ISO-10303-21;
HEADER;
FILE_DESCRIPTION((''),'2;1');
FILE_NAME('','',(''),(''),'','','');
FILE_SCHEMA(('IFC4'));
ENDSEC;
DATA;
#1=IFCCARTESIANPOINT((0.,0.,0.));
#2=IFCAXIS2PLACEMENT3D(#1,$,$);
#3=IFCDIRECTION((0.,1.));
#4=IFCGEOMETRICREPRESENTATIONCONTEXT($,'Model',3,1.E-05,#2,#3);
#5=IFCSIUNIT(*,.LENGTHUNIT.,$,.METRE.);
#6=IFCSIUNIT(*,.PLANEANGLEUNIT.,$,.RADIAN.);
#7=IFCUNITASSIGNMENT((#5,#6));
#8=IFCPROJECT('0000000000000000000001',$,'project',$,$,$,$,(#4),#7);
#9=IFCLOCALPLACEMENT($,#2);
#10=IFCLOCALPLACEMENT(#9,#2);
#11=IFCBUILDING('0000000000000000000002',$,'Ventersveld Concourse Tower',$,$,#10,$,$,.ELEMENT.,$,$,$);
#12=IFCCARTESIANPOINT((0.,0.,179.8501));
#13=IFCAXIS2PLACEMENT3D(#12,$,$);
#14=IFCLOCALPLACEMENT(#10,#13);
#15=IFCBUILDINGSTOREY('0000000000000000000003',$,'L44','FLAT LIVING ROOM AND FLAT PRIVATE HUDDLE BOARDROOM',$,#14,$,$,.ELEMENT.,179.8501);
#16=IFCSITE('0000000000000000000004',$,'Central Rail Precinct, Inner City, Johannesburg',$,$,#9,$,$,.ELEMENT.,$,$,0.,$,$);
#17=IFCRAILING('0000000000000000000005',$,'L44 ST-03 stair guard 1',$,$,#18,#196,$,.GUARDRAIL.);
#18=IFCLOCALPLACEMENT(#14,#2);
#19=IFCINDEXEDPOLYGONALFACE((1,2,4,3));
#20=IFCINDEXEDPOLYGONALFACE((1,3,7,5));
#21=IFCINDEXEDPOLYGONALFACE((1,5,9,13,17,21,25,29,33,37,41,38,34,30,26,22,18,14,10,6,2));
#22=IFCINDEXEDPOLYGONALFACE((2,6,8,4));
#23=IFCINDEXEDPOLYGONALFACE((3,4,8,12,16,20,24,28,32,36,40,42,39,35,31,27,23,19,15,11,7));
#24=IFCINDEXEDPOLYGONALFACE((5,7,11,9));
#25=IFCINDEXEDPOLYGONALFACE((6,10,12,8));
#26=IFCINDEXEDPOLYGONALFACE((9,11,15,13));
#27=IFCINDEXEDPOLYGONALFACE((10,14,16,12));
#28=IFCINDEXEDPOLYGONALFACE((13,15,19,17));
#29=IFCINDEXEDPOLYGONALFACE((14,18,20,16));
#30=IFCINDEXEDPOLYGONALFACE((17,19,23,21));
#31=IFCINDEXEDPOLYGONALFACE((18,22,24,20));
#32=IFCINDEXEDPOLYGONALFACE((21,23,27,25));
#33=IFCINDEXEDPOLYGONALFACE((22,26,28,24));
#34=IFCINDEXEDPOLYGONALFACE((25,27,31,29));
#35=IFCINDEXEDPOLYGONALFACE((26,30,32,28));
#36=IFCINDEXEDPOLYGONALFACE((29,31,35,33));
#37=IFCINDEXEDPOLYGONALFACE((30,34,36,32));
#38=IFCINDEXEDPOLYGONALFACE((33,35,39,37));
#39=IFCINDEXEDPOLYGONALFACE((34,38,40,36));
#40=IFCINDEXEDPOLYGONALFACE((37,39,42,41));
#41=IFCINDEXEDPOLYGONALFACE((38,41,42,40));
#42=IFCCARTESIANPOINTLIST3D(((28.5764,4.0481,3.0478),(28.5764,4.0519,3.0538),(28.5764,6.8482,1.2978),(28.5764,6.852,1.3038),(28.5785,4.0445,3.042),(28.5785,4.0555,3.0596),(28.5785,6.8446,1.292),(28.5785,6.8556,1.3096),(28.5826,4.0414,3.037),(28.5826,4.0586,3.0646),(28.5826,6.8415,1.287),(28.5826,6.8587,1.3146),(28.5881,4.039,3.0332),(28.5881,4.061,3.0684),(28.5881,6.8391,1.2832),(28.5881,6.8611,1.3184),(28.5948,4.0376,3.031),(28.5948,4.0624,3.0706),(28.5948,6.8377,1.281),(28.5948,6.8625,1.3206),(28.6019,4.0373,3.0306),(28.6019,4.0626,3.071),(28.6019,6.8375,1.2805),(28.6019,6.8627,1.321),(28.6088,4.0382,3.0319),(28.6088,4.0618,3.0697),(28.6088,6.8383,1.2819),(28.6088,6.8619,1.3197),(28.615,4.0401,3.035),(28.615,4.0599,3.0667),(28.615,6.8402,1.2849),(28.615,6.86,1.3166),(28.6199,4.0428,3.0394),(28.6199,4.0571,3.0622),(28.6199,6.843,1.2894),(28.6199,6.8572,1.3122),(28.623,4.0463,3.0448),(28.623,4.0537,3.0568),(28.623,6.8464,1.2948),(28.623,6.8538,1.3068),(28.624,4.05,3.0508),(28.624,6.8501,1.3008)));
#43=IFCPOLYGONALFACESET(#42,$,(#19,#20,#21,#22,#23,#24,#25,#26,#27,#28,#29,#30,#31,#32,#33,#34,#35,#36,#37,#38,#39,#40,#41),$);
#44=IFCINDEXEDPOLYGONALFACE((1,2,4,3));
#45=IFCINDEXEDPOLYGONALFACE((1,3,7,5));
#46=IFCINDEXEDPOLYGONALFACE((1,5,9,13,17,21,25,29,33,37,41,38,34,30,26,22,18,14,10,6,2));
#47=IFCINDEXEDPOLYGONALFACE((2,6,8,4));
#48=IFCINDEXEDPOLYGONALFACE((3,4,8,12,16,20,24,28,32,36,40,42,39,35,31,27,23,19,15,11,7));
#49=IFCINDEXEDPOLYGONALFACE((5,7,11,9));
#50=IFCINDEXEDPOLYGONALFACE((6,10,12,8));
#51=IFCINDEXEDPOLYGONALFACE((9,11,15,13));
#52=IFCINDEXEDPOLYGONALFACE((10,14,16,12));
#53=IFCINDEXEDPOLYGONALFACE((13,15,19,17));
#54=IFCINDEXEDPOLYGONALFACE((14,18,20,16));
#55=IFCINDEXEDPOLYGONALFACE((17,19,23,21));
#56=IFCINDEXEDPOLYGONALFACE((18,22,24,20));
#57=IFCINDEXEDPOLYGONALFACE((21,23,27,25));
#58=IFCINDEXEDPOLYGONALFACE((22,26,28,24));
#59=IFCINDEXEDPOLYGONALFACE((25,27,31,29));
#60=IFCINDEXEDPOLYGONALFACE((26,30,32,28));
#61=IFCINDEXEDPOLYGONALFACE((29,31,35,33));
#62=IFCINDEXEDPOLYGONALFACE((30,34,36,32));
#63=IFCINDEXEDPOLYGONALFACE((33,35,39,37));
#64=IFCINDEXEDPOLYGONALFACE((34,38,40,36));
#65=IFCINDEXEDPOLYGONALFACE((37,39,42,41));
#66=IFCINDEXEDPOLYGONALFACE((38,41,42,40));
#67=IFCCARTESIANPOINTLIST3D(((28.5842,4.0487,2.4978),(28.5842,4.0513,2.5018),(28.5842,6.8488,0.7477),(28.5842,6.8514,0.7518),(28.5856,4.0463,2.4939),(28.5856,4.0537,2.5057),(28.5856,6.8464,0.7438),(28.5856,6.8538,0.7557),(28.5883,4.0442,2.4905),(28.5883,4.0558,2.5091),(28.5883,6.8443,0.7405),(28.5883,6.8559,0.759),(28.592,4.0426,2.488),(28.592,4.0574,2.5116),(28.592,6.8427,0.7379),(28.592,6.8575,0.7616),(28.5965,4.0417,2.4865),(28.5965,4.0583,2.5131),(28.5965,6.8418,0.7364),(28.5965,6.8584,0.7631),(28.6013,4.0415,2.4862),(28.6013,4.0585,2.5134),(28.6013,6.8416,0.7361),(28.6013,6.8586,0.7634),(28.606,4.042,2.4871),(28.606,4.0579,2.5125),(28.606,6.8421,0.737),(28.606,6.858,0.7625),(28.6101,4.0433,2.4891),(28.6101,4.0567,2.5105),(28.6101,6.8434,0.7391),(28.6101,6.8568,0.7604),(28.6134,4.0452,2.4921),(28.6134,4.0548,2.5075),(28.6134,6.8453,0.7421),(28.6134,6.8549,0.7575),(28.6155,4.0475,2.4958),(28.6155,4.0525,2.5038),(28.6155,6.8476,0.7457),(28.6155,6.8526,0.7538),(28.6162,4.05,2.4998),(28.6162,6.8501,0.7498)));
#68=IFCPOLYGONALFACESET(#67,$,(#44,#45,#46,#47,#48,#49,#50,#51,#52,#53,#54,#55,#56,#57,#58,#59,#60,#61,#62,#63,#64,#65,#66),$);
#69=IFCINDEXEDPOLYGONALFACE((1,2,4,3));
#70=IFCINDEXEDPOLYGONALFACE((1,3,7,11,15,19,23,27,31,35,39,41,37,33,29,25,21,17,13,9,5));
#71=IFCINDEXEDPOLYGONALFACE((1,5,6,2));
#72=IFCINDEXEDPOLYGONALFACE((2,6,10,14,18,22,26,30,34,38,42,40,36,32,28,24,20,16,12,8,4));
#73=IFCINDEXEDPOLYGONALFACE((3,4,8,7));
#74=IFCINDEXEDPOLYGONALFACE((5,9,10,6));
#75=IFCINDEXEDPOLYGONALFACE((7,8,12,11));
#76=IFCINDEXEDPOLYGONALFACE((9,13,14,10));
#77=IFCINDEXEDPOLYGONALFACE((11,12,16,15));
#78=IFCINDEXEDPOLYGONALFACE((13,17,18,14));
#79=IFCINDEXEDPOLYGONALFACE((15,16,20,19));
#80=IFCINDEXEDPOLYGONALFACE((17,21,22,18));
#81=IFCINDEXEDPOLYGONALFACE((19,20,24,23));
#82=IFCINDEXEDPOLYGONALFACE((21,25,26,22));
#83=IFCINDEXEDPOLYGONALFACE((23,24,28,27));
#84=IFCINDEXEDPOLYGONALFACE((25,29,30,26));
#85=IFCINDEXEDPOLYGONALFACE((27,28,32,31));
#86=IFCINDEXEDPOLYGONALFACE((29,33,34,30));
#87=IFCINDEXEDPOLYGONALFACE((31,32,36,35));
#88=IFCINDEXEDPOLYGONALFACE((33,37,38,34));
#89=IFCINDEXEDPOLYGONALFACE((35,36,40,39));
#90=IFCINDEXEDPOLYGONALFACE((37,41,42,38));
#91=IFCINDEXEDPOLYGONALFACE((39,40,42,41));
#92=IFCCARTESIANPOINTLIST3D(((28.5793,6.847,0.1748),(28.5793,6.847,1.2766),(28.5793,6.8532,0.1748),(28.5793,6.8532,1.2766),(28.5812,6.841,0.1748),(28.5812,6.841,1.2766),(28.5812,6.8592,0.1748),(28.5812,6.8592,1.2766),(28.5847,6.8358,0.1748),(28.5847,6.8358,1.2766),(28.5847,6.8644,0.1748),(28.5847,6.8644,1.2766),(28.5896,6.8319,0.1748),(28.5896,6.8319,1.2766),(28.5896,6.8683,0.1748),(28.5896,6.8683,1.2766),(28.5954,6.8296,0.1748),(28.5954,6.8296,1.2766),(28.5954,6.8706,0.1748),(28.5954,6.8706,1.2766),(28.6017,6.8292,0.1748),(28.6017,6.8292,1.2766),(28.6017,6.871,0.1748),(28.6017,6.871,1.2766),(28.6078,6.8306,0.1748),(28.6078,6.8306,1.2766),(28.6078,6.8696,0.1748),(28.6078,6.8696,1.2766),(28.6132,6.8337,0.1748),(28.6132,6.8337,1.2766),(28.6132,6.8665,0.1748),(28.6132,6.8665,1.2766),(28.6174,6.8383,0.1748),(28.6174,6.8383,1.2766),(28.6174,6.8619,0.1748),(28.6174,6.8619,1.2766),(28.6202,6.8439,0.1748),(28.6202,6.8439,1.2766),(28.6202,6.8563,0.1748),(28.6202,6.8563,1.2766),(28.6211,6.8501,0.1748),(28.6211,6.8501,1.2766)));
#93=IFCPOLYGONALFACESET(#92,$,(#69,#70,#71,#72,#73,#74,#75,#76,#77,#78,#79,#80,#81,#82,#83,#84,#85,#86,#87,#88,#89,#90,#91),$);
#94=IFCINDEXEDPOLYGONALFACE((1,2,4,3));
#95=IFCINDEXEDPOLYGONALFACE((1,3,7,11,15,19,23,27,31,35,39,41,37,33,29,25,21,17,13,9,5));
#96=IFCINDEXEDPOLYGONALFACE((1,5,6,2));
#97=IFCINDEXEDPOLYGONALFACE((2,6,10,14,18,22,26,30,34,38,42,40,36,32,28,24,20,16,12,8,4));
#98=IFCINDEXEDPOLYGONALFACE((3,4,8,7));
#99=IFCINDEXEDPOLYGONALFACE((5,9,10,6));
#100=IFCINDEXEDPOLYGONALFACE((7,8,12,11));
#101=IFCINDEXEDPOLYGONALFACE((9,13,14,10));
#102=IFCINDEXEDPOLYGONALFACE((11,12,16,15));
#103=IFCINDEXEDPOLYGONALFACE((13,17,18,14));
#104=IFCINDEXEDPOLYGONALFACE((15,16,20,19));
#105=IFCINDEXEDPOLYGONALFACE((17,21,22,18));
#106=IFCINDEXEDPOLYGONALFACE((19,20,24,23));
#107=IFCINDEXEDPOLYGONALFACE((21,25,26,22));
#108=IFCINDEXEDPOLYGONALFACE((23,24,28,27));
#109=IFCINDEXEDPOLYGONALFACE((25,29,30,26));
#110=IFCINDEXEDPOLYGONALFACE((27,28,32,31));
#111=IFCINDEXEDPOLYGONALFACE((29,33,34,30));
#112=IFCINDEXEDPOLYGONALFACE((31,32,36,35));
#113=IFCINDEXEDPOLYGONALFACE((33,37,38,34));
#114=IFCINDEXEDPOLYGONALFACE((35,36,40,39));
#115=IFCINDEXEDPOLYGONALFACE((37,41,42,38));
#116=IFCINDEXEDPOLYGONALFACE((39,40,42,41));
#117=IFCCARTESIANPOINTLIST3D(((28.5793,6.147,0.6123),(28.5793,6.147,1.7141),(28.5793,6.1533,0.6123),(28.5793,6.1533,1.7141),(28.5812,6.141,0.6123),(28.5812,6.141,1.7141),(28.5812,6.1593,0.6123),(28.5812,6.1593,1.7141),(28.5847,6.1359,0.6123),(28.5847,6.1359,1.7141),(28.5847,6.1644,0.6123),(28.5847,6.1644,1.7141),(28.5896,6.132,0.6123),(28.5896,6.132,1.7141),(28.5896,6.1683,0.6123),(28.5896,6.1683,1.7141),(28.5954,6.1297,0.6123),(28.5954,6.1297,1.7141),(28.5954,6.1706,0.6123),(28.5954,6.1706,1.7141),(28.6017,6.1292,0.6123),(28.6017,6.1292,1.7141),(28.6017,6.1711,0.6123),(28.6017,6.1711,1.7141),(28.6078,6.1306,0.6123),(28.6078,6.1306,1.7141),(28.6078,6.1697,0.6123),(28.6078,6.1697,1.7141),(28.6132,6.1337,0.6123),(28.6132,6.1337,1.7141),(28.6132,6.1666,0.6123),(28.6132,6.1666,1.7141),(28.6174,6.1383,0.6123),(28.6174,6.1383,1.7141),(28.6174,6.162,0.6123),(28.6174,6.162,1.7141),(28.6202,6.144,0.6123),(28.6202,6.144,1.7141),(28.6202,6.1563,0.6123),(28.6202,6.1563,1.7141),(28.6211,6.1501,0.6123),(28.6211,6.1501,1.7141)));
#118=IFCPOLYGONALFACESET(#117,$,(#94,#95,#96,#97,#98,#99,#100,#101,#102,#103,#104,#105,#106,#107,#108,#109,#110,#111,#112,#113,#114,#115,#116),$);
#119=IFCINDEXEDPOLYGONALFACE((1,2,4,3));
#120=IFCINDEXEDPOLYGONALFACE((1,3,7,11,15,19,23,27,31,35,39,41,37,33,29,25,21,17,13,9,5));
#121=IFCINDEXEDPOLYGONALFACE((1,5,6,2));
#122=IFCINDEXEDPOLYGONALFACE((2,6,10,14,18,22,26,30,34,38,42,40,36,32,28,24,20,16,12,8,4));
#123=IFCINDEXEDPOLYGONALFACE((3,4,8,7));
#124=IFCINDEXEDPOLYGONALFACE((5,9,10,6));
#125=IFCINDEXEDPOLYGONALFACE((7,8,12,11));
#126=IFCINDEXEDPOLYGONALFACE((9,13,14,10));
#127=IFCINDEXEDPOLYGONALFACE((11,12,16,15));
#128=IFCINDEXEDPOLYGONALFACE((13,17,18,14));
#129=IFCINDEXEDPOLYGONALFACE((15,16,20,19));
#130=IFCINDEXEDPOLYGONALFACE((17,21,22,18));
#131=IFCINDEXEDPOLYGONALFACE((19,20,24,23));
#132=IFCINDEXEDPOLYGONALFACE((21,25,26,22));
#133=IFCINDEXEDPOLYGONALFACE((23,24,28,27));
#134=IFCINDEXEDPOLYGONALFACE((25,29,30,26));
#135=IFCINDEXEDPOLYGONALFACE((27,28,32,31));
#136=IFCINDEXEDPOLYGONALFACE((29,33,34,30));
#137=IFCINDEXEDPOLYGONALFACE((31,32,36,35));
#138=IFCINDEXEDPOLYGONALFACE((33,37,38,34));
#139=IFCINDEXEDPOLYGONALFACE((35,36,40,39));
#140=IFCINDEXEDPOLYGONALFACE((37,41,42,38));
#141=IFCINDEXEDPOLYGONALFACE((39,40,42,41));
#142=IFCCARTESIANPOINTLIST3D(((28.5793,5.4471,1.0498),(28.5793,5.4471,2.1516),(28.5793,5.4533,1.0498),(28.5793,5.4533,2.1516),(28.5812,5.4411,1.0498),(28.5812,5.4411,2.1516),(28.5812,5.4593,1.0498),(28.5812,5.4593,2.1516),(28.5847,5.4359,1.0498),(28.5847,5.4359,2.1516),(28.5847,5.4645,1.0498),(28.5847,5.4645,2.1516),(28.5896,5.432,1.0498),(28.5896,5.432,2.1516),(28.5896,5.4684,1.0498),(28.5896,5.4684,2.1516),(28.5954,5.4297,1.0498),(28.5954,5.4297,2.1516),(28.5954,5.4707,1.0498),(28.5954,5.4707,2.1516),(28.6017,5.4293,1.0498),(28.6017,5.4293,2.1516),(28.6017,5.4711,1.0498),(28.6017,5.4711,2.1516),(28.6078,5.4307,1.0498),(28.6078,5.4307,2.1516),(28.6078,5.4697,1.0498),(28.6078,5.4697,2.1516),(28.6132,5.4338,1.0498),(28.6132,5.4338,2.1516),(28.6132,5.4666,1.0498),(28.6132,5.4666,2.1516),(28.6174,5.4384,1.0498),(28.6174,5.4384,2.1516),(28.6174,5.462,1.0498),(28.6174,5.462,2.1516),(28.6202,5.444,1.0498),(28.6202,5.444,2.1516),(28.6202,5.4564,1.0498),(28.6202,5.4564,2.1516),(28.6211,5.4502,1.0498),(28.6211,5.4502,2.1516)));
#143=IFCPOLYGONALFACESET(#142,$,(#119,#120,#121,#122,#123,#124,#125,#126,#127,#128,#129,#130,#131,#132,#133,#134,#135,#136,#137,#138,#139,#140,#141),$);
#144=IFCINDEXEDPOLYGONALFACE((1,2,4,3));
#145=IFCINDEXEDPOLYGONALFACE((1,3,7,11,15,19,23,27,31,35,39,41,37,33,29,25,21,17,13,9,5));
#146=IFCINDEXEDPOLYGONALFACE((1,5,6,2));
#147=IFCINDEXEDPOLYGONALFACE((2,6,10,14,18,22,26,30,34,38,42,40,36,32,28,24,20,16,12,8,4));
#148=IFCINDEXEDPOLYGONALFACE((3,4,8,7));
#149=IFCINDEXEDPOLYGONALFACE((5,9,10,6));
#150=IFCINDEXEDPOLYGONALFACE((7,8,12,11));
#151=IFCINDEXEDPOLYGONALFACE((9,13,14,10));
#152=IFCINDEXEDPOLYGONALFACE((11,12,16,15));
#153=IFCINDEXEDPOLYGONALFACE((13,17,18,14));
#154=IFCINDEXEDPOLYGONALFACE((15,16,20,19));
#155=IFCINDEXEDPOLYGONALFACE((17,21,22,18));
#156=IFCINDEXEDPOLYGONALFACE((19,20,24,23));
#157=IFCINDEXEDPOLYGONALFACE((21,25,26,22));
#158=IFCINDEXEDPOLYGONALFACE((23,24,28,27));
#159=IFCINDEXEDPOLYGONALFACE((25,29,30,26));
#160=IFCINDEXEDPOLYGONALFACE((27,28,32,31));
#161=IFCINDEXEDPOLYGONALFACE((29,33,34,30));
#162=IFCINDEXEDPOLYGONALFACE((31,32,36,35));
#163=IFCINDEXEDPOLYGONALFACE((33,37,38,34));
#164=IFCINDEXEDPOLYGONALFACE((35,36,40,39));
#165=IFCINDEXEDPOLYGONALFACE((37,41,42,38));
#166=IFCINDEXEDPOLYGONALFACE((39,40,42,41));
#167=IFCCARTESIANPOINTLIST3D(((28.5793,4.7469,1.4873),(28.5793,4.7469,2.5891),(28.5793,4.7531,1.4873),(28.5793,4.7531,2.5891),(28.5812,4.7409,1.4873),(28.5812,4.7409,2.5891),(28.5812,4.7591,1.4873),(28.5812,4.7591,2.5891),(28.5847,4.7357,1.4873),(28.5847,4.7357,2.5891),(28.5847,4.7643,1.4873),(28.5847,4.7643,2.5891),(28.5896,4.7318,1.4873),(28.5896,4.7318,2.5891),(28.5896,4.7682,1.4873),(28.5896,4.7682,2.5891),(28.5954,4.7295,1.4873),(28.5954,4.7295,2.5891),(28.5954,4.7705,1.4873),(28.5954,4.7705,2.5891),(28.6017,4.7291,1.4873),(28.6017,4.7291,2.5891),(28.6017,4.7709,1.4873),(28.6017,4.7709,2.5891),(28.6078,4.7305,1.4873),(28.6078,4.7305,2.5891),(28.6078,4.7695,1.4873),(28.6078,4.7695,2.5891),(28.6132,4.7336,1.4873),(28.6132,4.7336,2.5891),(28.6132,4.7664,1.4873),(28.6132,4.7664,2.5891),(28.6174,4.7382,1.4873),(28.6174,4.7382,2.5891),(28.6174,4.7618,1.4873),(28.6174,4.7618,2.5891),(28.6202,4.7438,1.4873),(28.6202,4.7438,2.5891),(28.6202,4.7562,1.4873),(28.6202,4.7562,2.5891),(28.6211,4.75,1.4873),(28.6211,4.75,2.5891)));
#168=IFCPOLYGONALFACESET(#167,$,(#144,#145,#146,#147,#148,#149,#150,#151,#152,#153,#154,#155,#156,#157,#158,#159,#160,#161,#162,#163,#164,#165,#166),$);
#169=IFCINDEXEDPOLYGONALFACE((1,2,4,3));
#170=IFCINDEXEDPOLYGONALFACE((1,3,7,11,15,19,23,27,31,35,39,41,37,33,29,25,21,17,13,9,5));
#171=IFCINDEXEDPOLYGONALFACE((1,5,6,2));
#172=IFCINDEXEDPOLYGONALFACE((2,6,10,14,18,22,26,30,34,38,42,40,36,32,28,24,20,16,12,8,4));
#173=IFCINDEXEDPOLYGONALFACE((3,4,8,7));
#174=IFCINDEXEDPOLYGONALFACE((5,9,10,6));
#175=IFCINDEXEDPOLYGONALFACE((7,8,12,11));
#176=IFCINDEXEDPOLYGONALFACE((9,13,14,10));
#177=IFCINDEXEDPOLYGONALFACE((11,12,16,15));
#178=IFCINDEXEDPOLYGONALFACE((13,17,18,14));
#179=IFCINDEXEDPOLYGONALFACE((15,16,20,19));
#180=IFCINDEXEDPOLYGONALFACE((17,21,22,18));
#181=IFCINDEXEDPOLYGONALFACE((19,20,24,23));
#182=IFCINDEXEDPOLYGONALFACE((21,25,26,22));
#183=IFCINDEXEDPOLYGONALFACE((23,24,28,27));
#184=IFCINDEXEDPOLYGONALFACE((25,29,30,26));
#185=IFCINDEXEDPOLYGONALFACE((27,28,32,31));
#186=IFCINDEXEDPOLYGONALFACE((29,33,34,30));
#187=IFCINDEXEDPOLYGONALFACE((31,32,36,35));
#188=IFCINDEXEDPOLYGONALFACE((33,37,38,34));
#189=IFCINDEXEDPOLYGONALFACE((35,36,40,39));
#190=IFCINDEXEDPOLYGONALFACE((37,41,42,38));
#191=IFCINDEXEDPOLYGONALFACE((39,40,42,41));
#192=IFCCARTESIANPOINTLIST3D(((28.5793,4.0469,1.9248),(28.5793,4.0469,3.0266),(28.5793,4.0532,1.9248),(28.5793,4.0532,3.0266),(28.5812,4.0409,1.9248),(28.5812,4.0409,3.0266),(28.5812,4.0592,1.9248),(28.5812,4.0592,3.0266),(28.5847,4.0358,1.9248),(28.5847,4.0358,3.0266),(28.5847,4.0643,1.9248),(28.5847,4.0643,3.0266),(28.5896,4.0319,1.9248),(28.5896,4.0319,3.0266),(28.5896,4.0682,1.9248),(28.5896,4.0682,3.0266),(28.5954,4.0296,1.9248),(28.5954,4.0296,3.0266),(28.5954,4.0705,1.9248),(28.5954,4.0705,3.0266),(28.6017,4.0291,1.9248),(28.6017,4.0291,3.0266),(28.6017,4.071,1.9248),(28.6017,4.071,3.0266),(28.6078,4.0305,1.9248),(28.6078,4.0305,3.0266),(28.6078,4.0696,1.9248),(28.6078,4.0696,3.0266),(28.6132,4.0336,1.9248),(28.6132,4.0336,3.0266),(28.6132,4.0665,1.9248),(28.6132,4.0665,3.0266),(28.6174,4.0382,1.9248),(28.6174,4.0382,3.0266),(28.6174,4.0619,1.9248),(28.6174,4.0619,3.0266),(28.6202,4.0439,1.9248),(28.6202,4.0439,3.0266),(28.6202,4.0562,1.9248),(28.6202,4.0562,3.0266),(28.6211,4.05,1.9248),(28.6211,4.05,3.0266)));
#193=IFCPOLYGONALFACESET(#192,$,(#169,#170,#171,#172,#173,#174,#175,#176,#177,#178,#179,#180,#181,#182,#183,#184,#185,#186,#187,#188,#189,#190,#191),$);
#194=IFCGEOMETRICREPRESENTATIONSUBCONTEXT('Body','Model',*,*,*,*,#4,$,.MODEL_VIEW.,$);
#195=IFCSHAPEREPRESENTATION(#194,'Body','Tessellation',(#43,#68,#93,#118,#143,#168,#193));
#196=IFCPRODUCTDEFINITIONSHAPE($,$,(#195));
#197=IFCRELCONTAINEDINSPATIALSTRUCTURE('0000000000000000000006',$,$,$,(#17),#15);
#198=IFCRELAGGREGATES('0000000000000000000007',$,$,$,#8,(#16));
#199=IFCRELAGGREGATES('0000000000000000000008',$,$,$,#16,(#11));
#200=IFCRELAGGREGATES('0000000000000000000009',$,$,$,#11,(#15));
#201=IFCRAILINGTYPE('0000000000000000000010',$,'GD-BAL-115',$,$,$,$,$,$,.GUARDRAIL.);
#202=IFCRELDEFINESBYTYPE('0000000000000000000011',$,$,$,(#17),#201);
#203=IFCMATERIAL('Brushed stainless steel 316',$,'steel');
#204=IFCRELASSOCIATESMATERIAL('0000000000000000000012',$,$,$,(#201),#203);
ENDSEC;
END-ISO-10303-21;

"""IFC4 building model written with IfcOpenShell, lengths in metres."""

from ifc_helpers import new_model, si_unit, direction, frame, origin, origin_2d, place, context, subcontext, project, spatial, circle, extrude, material, type_object, element, save


model = new_model("IFC4")

# Units and contexts
model_context = context("Model", 3, precision=1e-05, world=origin(), true_north=direction((0.0, 1.0)))
body_context = subcontext(model_context, "Body", "Model", "MODEL_VIEW")
ifc_project = project(units=[si_unit("LENGTHUNIT", "METRE"), si_unit("PLANEANGLEUNIT", "RADIAN")], contexts=[model_context])

# Site, building, storey
site_placement = place(None, origin())
site = spatial("IfcSite", under=ifc_project, at=site_placement, Name="Central Rail Precinct, Inner City, Johannesburg", CompositionType="ELEMENT", RefElevation=0.0)
building_placement = place(site_placement, origin())
building = spatial("IfcBuilding", under=site, at=building_placement, Name="Ventersveld Concourse Tower", CompositionType="ELEMENT")
storey_placement = place(building_placement, frame((0.0, 0.0, 179.8501)))
storey = spatial("IfcBuildingStorey", under=building, at=storey_placement, Name="L44", Description="FLAT LIVING ROOM AND FLAT PRIVATE HUDDLE BOARDROOM", CompositionType="ELEMENT", Elevation=179.8501)

# Shared definitions
ifc_material_1 = material(Name="Brushed stainless steel 316", Category="steel")

# Railing
railing_type_1 = type_object("IfcRailingType", Name="GD-BAL-115", PredefinedType="GUARDRAIL", material=ifc_material_1)
railing_1_placement = place(storey_placement, frame((28.6001, 6.8501, 0.1748)))
element("IfcRailing", 1, at=railing_1_placement, inside=storey, type_object=railing_type_1, Name="L44 ST-03 stair guard 1", PredefinedType="GUARDRAIL", context=body_context, shape_type="SweptSolid", body=[
    extrude(circle(Radius=0.0239, at=origin_2d()), frame((0.0, 0.0, 1.126), z_axis=(0.0, -0.848002, 0.529992), x_axis=(1.0, 0.0, 0.0)), (0.0, 0.0, 1.0), 3.302),
    extrude(circle(Radius=0.0161, at=origin_2d()), frame((0.0, 0.0, 0.575), z_axis=(0.0, -0.848002, 0.529992), x_axis=(1.0, 0.0, 0.0)), (0.0, 0.0, 1.0), 3.302),
    extrude(circle(Radius=0.021, at=origin_2d()), origin(), (0.0, 0.0, 1.0), 1.1018),
    extrude(circle(Radius=0.021, at=origin_2d()), frame((0.0, -0.7, 0.4375)), (0.0, 0.0, 1.0), 1.1018),
    extrude(circle(Radius=0.021, at=origin_2d()), frame((0.0, -1.3999, 0.875)), (0.0, 0.0, 1.0), 1.1018),
    extrude(circle(Radius=0.021, at=origin_2d()), frame((0.0, -2.1001, 1.3125)), (0.0, 0.0, 1.0), 1.1018),
    extrude(circle(Radius=0.021, at=origin_2d()), frame((0.0, -2.8, 1.75)), (0.0, 0.0, 1.0), 1.1018),
])

save(model, "model.ifc")
